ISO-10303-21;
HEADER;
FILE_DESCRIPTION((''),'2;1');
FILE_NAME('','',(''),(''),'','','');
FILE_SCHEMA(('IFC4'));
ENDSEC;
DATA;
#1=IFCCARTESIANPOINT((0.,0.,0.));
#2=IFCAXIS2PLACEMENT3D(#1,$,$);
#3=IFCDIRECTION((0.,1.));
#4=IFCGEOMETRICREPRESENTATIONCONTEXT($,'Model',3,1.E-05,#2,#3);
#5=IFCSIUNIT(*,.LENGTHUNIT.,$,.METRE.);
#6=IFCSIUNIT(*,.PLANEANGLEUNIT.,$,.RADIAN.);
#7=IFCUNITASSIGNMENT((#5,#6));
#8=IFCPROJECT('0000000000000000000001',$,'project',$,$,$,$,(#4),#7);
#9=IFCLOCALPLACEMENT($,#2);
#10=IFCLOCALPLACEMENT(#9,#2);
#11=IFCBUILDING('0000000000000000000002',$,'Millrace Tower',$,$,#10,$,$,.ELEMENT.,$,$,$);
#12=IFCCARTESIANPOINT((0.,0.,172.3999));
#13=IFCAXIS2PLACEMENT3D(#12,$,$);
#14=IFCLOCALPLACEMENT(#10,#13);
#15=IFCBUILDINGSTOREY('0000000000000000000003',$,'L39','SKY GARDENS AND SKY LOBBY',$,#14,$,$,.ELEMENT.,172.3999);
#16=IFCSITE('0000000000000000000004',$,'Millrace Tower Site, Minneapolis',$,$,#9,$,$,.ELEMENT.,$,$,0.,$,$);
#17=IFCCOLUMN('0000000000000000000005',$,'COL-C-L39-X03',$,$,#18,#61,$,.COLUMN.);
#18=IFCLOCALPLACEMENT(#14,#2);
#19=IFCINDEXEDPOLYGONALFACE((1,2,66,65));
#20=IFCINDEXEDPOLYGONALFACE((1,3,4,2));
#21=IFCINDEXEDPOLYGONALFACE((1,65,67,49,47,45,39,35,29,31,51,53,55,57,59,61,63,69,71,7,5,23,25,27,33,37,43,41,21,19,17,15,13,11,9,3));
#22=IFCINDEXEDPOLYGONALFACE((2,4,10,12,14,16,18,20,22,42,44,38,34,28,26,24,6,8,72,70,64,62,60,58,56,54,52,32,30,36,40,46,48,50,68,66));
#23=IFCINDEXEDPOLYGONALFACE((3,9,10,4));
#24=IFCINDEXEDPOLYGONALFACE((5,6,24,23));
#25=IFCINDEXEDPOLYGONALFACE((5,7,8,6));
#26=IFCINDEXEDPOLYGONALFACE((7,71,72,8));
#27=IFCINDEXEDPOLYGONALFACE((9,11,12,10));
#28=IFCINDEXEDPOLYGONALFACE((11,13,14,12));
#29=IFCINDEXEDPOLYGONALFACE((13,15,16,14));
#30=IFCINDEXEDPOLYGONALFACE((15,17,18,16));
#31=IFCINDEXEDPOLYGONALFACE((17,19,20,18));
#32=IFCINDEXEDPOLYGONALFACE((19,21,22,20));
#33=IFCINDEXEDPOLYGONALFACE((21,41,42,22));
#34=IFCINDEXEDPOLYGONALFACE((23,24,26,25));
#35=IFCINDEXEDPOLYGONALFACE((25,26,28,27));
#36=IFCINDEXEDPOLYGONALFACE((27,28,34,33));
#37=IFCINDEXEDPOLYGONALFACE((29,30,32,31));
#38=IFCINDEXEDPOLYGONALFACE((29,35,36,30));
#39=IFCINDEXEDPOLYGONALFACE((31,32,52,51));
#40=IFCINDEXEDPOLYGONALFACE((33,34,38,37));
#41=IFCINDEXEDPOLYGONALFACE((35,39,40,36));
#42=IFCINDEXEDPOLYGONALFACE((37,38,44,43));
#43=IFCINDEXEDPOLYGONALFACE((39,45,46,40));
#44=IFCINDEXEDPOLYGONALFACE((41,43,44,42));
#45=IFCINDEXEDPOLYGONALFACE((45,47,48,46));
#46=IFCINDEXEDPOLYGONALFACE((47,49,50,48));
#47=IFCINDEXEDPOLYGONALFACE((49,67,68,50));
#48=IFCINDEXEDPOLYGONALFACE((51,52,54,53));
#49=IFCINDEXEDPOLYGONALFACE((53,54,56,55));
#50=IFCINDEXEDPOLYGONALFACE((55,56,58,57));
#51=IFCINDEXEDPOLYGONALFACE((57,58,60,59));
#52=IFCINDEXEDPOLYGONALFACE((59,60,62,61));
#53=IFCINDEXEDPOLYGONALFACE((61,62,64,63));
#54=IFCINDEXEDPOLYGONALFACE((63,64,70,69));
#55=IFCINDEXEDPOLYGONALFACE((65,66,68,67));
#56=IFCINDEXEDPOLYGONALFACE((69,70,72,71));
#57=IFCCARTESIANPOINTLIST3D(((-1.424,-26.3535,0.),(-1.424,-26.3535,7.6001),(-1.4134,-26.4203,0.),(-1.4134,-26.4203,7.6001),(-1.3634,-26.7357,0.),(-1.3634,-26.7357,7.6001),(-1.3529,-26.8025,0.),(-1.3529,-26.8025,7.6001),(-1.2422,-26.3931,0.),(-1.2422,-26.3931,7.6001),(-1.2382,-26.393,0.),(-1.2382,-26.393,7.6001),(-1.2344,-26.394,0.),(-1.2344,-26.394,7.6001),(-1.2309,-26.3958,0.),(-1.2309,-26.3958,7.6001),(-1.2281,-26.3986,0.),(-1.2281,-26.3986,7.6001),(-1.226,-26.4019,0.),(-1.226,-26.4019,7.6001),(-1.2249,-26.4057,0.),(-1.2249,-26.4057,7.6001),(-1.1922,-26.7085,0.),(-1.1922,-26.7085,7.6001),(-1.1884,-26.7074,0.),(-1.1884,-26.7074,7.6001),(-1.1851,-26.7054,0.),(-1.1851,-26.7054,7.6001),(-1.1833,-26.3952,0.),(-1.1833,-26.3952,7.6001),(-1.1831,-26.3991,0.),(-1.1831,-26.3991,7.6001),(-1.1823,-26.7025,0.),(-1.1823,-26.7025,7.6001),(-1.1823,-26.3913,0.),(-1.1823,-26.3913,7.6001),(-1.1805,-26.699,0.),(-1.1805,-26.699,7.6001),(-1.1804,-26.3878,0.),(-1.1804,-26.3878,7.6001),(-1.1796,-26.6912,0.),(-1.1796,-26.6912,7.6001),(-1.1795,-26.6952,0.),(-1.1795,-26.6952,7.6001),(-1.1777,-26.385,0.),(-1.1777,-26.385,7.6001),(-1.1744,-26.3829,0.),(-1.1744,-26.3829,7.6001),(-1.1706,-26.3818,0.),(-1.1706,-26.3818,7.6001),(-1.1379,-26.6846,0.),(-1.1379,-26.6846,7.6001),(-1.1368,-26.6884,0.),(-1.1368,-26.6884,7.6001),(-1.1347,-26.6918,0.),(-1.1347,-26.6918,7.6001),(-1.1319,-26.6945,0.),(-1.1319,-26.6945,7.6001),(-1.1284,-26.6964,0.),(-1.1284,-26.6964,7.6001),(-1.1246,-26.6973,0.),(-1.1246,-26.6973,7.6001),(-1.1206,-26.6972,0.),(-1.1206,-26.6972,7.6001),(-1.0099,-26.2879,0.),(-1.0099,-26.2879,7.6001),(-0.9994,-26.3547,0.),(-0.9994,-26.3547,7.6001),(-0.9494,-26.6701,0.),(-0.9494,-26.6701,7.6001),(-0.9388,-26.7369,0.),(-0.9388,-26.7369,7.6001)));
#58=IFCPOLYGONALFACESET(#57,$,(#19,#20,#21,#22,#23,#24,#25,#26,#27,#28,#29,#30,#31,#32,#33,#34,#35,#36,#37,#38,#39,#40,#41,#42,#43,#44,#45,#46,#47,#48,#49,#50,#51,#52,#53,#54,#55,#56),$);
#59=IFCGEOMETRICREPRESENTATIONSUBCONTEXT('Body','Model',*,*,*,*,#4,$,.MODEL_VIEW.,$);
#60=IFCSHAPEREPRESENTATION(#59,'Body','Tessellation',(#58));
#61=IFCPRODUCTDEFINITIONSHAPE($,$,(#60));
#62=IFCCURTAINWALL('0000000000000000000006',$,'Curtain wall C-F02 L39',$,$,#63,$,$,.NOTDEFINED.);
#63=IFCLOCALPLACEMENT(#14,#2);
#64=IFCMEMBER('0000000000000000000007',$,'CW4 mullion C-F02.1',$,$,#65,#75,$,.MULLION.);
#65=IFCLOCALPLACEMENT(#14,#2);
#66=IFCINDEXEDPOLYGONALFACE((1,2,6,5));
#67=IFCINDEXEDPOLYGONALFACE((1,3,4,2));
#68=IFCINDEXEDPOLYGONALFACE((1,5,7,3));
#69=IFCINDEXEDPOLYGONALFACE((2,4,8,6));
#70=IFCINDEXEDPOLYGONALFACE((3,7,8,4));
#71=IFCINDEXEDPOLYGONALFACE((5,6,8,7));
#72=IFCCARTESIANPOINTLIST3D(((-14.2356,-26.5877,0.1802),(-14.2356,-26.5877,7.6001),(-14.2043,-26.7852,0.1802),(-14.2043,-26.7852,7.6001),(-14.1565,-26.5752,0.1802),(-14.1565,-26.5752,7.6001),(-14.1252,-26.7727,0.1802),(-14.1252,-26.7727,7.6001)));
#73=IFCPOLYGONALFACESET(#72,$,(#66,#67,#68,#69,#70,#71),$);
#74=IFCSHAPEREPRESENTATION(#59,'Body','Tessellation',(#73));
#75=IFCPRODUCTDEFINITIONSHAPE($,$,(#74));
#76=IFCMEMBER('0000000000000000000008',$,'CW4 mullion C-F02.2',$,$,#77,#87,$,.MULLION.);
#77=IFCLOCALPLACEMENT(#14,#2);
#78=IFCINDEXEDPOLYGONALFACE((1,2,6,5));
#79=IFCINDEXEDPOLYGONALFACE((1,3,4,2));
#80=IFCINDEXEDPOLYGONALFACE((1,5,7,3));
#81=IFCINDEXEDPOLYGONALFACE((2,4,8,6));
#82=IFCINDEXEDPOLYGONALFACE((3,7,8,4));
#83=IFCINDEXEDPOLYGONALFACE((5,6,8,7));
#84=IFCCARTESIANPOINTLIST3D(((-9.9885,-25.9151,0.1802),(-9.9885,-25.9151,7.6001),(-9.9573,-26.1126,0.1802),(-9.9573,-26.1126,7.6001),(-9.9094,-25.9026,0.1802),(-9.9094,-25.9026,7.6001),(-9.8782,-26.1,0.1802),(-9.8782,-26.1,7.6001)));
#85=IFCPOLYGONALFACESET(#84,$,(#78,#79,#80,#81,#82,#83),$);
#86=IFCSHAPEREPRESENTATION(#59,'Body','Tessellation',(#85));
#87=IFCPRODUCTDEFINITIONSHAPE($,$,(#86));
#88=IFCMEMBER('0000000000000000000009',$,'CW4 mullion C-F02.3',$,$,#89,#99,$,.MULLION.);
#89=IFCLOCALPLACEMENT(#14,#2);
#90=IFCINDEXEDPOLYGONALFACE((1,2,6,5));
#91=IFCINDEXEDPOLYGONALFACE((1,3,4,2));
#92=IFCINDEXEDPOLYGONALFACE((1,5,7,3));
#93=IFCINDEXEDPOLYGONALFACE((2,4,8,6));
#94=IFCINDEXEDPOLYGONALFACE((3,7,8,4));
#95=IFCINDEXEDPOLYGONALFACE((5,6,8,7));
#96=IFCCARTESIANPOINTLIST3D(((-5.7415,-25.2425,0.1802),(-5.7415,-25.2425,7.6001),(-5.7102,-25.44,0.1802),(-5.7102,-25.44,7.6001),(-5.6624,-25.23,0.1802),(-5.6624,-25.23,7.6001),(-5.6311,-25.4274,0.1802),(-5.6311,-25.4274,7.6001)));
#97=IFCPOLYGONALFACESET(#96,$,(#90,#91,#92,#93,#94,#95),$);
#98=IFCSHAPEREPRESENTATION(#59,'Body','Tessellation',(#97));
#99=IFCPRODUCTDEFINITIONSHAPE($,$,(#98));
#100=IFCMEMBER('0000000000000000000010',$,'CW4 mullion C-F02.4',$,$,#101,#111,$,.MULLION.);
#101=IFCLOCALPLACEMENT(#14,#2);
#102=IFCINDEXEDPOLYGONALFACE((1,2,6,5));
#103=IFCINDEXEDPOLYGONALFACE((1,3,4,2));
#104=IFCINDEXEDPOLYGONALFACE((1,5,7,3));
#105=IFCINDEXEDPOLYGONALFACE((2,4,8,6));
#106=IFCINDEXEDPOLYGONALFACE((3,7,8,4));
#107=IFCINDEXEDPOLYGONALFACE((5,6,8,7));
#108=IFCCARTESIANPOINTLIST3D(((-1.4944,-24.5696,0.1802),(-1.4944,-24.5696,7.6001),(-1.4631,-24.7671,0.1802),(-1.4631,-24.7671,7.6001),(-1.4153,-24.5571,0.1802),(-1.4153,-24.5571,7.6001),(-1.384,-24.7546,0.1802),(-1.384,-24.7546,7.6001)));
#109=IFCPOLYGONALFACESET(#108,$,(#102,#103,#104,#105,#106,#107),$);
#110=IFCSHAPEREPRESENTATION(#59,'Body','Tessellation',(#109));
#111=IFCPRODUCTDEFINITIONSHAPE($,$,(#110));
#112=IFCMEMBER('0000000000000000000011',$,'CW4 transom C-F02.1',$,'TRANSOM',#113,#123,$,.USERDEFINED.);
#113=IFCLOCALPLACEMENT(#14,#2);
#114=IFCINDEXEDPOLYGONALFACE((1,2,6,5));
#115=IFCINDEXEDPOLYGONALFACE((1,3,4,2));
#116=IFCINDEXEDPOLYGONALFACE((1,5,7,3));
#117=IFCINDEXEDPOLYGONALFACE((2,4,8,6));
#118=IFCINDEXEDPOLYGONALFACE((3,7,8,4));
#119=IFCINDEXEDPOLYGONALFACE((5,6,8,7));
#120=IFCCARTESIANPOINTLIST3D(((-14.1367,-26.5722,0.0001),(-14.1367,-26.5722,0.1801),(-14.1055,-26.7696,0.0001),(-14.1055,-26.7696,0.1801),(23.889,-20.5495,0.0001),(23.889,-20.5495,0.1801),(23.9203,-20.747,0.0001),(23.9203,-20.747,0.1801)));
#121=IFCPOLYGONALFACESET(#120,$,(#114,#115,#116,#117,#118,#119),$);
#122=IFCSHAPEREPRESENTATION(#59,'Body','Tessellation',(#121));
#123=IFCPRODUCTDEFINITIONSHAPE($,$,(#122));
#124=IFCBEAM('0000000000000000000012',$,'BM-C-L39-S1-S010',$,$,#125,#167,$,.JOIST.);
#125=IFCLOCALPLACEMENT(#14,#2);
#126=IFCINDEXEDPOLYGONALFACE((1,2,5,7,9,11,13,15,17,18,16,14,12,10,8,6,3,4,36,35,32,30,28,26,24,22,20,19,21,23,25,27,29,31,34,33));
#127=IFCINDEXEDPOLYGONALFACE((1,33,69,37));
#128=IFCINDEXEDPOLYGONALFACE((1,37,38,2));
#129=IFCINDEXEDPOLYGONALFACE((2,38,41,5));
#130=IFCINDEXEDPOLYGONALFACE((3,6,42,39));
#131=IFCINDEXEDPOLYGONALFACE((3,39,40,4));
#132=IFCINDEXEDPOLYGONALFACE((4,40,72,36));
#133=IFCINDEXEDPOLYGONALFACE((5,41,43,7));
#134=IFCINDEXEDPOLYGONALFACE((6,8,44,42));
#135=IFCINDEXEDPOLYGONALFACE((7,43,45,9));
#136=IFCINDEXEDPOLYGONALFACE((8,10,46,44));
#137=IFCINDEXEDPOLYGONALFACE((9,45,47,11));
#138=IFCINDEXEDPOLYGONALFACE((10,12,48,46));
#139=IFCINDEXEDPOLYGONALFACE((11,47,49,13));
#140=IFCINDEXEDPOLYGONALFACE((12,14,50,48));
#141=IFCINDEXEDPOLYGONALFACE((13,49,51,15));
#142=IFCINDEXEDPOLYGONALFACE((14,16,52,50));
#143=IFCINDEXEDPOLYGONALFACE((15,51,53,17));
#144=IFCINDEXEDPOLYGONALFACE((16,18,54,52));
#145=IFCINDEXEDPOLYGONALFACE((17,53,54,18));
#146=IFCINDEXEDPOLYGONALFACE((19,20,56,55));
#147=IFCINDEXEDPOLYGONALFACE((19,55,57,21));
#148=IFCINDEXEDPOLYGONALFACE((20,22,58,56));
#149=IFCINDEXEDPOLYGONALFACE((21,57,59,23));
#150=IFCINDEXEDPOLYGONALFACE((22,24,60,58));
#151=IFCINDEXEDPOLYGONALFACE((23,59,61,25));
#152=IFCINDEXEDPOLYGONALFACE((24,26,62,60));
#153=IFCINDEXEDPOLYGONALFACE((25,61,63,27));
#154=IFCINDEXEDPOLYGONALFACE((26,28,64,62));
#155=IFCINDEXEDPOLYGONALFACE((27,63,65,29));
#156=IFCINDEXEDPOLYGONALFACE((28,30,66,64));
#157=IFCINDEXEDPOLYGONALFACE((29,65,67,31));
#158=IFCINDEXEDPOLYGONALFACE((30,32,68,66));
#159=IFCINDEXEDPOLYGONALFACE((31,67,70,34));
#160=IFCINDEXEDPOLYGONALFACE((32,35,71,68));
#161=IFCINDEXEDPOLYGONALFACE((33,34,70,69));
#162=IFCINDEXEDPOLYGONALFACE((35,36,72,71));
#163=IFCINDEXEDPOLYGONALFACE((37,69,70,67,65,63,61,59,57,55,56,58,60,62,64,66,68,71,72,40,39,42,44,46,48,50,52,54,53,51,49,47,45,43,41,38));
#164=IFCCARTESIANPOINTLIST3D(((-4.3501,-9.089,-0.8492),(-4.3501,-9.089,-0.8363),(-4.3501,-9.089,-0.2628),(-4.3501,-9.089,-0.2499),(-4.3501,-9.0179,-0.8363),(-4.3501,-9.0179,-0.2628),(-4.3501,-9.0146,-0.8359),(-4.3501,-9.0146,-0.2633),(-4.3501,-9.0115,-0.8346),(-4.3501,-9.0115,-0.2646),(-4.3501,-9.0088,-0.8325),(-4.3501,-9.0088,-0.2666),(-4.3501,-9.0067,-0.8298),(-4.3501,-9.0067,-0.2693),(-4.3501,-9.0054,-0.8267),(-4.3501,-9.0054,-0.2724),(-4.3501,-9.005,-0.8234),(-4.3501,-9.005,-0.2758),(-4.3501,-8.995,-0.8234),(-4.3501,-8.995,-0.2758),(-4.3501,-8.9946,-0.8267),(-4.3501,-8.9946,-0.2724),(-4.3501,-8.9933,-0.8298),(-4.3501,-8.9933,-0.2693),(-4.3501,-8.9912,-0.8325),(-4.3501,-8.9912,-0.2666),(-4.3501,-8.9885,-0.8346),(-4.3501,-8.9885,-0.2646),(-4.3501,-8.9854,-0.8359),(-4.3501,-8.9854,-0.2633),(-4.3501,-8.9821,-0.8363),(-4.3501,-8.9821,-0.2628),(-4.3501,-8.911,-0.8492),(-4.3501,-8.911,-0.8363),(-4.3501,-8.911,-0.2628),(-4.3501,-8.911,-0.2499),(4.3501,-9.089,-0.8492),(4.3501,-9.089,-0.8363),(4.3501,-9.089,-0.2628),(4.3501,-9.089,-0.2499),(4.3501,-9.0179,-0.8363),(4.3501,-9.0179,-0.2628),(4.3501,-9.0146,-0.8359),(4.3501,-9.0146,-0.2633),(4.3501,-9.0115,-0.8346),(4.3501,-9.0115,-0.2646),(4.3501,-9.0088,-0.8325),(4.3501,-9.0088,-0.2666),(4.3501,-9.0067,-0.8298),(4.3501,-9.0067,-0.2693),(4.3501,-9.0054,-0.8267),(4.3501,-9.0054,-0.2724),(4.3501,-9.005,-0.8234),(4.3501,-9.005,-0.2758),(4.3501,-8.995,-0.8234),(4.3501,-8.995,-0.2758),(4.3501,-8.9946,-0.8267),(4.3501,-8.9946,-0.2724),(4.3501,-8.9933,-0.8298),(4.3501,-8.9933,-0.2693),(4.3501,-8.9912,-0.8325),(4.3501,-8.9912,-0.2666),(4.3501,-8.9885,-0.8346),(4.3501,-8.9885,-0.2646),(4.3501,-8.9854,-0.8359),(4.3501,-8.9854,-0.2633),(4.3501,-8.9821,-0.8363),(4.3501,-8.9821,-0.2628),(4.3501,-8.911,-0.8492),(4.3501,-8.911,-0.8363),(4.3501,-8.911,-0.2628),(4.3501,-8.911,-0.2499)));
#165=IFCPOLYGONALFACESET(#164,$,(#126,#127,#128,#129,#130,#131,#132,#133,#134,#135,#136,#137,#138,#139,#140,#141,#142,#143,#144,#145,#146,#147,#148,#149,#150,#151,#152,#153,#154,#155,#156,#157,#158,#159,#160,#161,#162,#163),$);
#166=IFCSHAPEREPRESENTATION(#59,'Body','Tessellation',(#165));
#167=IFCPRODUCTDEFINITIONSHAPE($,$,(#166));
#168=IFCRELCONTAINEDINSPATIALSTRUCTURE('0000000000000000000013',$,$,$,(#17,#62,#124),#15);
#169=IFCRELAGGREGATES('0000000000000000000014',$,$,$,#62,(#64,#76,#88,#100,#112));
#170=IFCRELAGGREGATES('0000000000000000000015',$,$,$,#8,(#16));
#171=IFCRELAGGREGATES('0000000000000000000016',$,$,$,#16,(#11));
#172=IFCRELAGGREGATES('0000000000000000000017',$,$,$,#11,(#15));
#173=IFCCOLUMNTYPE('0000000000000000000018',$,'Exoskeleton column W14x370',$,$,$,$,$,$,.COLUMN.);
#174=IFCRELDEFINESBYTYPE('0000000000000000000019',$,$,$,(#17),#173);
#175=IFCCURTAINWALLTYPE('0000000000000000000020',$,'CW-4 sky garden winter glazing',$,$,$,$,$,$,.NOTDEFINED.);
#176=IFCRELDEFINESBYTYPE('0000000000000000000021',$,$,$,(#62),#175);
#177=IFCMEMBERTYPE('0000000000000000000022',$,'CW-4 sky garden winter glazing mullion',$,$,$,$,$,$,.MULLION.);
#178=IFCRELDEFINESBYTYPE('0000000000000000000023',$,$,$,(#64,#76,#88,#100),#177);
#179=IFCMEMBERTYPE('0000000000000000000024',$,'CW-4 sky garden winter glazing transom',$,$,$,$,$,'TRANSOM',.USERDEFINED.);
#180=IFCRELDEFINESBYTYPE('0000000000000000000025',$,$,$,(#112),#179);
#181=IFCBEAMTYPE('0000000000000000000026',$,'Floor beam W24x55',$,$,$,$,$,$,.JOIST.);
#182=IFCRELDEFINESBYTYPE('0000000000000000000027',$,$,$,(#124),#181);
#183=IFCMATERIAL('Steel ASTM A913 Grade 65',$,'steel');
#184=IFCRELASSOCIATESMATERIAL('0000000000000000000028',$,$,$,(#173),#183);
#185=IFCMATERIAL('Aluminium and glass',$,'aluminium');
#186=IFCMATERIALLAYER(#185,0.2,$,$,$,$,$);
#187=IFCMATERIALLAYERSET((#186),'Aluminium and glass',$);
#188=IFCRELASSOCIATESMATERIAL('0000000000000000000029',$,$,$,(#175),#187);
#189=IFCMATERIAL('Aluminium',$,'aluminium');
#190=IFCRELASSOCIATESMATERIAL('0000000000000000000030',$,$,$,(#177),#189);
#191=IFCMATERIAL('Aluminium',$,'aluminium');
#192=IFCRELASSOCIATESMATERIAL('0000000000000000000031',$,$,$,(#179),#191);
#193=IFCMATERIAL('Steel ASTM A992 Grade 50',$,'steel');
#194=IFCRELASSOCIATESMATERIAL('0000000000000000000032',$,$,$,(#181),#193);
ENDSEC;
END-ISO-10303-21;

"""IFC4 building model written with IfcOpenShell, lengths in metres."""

from ifc_helpers import new_model, si_unit, direction, frame, origin, origin_2d, place, context, subcontext, project, spatial, rectangle, i_section, extrude, material, layer, layer_set, material_profile, profile_set, type_object, element, aggregate, save


model = new_model("IFC4")

# Units and contexts
model_context = context("Model", 3, precision=1e-05, world=origin(), true_north=direction((0.0, 1.0)))
body_context = subcontext(model_context, "Body", "Model", "MODEL_VIEW")
ifc_project = project(units=[si_unit("LENGTHUNIT", "METRE"), si_unit("PLANEANGLEUNIT", "RADIAN")], contexts=[model_context])

# Site, building, storey
site_placement = place(None, origin())
site = spatial("IfcSite", under=ifc_project, at=site_placement, Name="Millrace Tower Site, Minneapolis", CompositionType="ELEMENT", RefElevation=0.0)
building_placement = place(site_placement, origin())
building = spatial("IfcBuilding", under=site, at=building_placement, Name="Millrace Tower", CompositionType="ELEMENT")
storey_placement = place(building_placement, frame((0.0, 0.0, 172.3999)))
storey = spatial("IfcBuildingStorey", under=building, at=storey_placement, Name="L39", Description="SKY GARDENS AND SKY LOBBY", CompositionType="ELEMENT", Elevation=172.3999)

# Column
ifc_material_1 = material(Name="Steel ASTM A913 Grade 65", Category="steel")
ifc_material_profile_1 = material_profile(ifc_material_1, i_section(OverallWidth=0.4192, OverallDepth=0.4546, WebThickness=0.0422, FlangeThickness=0.0676, FilletRadius=0.0151, at=origin_2d()))
ifc_profile_set_1 = profile_set([ifc_material_profile_1], Name="Steel ASTM A913 Grade 65")
column_type = type_object("IfcColumnType", Name="Exoskeleton column W14x370", PredefinedType="COLUMN", material=ifc_profile_set_1)
column_placement = place(storey_placement, frame((-1.1814, -26.5452, 0.0), z_axis=(0.0, 0.0, 1.0), x_axis=(0.987688, 0.156434, 0.0)))
element("IfcColumn", 1, at=column_placement, inside=storey, type_object=column_type, Name="COL-C-L39-X03", PredefinedType="COLUMN", context=body_context, shape_type="SweptSolid", body=[
    extrude(i_section(OverallWidth=0.4192, OverallDepth=0.4546, WebThickness=0.0422, FlangeThickness=0.0676, FilletRadius=0.0151, at=origin_2d()), origin(), (0.0, 0.0, 1.0), 7.6001),
])

# Curtain wall, members
ifc_material_2 = material(Name="Aluminium and glass", Category="aluminium")
ifc_layer_1 = layer(ifc_material_2, 0.2)
ifc_layer_set_1 = layer_set([ifc_layer_1], Name="Aluminium and glass")
curtain_wall_type = type_object("IfcCurtainWallType", Name="CW-4 sky garden winter glazing", PredefinedType="NOTDEFINED", material=ifc_layer_set_1)
curtain_wall_placement = place(storey_placement, origin())
curtain_wall = element("IfcCurtainWall", 2, at=curtain_wall_placement, inside=storey, type_object=curtain_wall_type, Name="Curtain wall C-F02 L39", PredefinedType="NOTDEFINED")
ifc_material_3 = material(Name="Aluminium", Category="aluminium")
ifc_material_profile_2 = material_profile(ifc_material_3, rectangle(XDim=0.0801, YDim=0.2, at=origin_2d()))
ifc_profile_set_2 = profile_set([ifc_material_profile_2], Name="Aluminium")
member_type_1 = type_object("IfcMemberType", Name="CW-4 sky garden winter glazing mullion", PredefinedType="MULLION", material=ifc_profile_set_2)
member_1_placement = place(storey_placement, frame((-14.1804, -26.6802, 0.1802), z_axis=(0.0, 0.0, 1.0), x_axis=(0.987688, 0.156434, 0.0)))
member_1 = element("IfcMember", 3, at=member_1_placement, type_object=member_type_1, Name="CW4 mullion C-F02.1", PredefinedType="MULLION", context=body_context, shape_type="SweptSolid", body=[
    extrude(rectangle(XDim=0.0801, YDim=0.2, at=origin_2d()), origin(), (0.0, 0.0, 1.0), 7.4199),
])
member_2_placement = place(storey_placement, frame((-9.9333, -26.0076, 0.1802), z_axis=(0.0, 0.0, 1.0), x_axis=(0.987688, 0.156434, 0.0)))
member_2 = element("IfcMember", 4, at=member_2_placement, type_object=member_type_1, Name="CW4 mullion C-F02.2", PredefinedType="MULLION", context=body_context, shape_type="SweptSolid", body=[
    extrude(rectangle(XDim=0.0801, YDim=0.2, at=origin_2d()), origin(), (0.0, 0.0, 1.0), 7.4199),
])
member_3_placement = place(storey_placement, frame((-5.6863, -25.335, 0.1802), z_axis=(0.0, 0.0, 1.0), x_axis=(0.987688, 0.156434, 0.0)))
member_3 = element("IfcMember", 5, at=member_3_placement, type_object=member_type_1, Name="CW4 mullion C-F02.3", PredefinedType="MULLION", context=body_context, shape_type="SweptSolid", body=[
    extrude(rectangle(XDim=0.0801, YDim=0.2, at=origin_2d()), origin(), (0.0, 0.0, 1.0), 7.4199),
])
member_4_placement = place(storey_placement, frame((-1.4392, -24.6621, 0.1802), z_axis=(0.0, 0.0, 1.0), x_axis=(0.987688, 0.156434, 0.0)))
member_4 = element("IfcMember", 6, at=member_4_placement, type_object=member_type_1, Name="CW4 mullion C-F02.4", PredefinedType="MULLION", context=body_context, shape_type="SweptSolid", body=[
    extrude(rectangle(XDim=0.0801, YDim=0.2, at=origin_2d()), origin(), (0.0, 0.0, 1.0), 7.4199),
])
ifc_material_4 = material(Name="Aluminium", Category="aluminium")
ifc_material_profile_3 = material_profile(ifc_material_4, rectangle(XDim=0.2, YDim=0.1799, at=origin_2d()))
ifc_profile_set_3 = profile_set([ifc_material_profile_3], Name="Aluminium")
member_type_2 = type_object("IfcMemberType", Name="CW-4 sky garden winter glazing transom", ElementType="TRANSOM", PredefinedType="USERDEFINED", material=ifc_profile_set_3)
member_5_placement = place(storey_placement, frame((-14.1211, -26.6709, 0.0901), z_axis=(0.987688, 0.156434, 0.0), x_axis=(-0.156434, 0.987688, 0.0)))
member_5 = element("IfcMember", 7, at=member_5_placement, type_object=member_type_2, Name="CW4 transom C-F02.1", ObjectType="TRANSOM", PredefinedType="USERDEFINED", context=body_context, shape_type="SweptSolid", body=[
    extrude(rectangle(XDim=0.2, YDim=0.1799, at=origin_2d()), origin(), (0.0, 0.0, 1.0), 38.4998),
])
aggregate(curtain_wall, [member_1, member_2, member_3, member_4, member_5])

# Beam
ifc_material_5 = material(Name="Steel ASTM A992 Grade 50", Category="steel")
ifc_material_profile_4 = material_profile(ifc_material_5, i_section(OverallWidth=0.178, OverallDepth=0.5994, WebThickness=0.01, FlangeThickness=0.0129, FilletRadius=0.0129, at=origin_2d()))
ifc_profile_set_4 = profile_set([ifc_material_profile_4], Name="Steel ASTM A992 Grade 50")
beam_type_1 = type_object("IfcBeamType", Name="Floor beam W24x55", PredefinedType="JOIST", material=ifc_profile_set_4)
beam_1_placement = place(storey_placement, frame((-4.3501, -9.0, -0.5496), z_axis=(1.0, 0.0, 0.0), x_axis=(0.0, 1.0, 0.0)))
element("IfcBeam", 8, at=beam_1_placement, inside=storey, type_object=beam_type_1, Name="BM-C-L39-S1-S010", PredefinedType="JOIST", context=body_context, shape_type="SweptSolid", body=[
    extrude(i_section(OverallWidth=0.178, OverallDepth=0.5994, WebThickness=0.01, FlangeThickness=0.0129, FilletRadius=0.0129, at=origin_2d()), origin(), (0.0, 0.0, 1.0), 8.7002),
])

save(model, "model.ifc")
